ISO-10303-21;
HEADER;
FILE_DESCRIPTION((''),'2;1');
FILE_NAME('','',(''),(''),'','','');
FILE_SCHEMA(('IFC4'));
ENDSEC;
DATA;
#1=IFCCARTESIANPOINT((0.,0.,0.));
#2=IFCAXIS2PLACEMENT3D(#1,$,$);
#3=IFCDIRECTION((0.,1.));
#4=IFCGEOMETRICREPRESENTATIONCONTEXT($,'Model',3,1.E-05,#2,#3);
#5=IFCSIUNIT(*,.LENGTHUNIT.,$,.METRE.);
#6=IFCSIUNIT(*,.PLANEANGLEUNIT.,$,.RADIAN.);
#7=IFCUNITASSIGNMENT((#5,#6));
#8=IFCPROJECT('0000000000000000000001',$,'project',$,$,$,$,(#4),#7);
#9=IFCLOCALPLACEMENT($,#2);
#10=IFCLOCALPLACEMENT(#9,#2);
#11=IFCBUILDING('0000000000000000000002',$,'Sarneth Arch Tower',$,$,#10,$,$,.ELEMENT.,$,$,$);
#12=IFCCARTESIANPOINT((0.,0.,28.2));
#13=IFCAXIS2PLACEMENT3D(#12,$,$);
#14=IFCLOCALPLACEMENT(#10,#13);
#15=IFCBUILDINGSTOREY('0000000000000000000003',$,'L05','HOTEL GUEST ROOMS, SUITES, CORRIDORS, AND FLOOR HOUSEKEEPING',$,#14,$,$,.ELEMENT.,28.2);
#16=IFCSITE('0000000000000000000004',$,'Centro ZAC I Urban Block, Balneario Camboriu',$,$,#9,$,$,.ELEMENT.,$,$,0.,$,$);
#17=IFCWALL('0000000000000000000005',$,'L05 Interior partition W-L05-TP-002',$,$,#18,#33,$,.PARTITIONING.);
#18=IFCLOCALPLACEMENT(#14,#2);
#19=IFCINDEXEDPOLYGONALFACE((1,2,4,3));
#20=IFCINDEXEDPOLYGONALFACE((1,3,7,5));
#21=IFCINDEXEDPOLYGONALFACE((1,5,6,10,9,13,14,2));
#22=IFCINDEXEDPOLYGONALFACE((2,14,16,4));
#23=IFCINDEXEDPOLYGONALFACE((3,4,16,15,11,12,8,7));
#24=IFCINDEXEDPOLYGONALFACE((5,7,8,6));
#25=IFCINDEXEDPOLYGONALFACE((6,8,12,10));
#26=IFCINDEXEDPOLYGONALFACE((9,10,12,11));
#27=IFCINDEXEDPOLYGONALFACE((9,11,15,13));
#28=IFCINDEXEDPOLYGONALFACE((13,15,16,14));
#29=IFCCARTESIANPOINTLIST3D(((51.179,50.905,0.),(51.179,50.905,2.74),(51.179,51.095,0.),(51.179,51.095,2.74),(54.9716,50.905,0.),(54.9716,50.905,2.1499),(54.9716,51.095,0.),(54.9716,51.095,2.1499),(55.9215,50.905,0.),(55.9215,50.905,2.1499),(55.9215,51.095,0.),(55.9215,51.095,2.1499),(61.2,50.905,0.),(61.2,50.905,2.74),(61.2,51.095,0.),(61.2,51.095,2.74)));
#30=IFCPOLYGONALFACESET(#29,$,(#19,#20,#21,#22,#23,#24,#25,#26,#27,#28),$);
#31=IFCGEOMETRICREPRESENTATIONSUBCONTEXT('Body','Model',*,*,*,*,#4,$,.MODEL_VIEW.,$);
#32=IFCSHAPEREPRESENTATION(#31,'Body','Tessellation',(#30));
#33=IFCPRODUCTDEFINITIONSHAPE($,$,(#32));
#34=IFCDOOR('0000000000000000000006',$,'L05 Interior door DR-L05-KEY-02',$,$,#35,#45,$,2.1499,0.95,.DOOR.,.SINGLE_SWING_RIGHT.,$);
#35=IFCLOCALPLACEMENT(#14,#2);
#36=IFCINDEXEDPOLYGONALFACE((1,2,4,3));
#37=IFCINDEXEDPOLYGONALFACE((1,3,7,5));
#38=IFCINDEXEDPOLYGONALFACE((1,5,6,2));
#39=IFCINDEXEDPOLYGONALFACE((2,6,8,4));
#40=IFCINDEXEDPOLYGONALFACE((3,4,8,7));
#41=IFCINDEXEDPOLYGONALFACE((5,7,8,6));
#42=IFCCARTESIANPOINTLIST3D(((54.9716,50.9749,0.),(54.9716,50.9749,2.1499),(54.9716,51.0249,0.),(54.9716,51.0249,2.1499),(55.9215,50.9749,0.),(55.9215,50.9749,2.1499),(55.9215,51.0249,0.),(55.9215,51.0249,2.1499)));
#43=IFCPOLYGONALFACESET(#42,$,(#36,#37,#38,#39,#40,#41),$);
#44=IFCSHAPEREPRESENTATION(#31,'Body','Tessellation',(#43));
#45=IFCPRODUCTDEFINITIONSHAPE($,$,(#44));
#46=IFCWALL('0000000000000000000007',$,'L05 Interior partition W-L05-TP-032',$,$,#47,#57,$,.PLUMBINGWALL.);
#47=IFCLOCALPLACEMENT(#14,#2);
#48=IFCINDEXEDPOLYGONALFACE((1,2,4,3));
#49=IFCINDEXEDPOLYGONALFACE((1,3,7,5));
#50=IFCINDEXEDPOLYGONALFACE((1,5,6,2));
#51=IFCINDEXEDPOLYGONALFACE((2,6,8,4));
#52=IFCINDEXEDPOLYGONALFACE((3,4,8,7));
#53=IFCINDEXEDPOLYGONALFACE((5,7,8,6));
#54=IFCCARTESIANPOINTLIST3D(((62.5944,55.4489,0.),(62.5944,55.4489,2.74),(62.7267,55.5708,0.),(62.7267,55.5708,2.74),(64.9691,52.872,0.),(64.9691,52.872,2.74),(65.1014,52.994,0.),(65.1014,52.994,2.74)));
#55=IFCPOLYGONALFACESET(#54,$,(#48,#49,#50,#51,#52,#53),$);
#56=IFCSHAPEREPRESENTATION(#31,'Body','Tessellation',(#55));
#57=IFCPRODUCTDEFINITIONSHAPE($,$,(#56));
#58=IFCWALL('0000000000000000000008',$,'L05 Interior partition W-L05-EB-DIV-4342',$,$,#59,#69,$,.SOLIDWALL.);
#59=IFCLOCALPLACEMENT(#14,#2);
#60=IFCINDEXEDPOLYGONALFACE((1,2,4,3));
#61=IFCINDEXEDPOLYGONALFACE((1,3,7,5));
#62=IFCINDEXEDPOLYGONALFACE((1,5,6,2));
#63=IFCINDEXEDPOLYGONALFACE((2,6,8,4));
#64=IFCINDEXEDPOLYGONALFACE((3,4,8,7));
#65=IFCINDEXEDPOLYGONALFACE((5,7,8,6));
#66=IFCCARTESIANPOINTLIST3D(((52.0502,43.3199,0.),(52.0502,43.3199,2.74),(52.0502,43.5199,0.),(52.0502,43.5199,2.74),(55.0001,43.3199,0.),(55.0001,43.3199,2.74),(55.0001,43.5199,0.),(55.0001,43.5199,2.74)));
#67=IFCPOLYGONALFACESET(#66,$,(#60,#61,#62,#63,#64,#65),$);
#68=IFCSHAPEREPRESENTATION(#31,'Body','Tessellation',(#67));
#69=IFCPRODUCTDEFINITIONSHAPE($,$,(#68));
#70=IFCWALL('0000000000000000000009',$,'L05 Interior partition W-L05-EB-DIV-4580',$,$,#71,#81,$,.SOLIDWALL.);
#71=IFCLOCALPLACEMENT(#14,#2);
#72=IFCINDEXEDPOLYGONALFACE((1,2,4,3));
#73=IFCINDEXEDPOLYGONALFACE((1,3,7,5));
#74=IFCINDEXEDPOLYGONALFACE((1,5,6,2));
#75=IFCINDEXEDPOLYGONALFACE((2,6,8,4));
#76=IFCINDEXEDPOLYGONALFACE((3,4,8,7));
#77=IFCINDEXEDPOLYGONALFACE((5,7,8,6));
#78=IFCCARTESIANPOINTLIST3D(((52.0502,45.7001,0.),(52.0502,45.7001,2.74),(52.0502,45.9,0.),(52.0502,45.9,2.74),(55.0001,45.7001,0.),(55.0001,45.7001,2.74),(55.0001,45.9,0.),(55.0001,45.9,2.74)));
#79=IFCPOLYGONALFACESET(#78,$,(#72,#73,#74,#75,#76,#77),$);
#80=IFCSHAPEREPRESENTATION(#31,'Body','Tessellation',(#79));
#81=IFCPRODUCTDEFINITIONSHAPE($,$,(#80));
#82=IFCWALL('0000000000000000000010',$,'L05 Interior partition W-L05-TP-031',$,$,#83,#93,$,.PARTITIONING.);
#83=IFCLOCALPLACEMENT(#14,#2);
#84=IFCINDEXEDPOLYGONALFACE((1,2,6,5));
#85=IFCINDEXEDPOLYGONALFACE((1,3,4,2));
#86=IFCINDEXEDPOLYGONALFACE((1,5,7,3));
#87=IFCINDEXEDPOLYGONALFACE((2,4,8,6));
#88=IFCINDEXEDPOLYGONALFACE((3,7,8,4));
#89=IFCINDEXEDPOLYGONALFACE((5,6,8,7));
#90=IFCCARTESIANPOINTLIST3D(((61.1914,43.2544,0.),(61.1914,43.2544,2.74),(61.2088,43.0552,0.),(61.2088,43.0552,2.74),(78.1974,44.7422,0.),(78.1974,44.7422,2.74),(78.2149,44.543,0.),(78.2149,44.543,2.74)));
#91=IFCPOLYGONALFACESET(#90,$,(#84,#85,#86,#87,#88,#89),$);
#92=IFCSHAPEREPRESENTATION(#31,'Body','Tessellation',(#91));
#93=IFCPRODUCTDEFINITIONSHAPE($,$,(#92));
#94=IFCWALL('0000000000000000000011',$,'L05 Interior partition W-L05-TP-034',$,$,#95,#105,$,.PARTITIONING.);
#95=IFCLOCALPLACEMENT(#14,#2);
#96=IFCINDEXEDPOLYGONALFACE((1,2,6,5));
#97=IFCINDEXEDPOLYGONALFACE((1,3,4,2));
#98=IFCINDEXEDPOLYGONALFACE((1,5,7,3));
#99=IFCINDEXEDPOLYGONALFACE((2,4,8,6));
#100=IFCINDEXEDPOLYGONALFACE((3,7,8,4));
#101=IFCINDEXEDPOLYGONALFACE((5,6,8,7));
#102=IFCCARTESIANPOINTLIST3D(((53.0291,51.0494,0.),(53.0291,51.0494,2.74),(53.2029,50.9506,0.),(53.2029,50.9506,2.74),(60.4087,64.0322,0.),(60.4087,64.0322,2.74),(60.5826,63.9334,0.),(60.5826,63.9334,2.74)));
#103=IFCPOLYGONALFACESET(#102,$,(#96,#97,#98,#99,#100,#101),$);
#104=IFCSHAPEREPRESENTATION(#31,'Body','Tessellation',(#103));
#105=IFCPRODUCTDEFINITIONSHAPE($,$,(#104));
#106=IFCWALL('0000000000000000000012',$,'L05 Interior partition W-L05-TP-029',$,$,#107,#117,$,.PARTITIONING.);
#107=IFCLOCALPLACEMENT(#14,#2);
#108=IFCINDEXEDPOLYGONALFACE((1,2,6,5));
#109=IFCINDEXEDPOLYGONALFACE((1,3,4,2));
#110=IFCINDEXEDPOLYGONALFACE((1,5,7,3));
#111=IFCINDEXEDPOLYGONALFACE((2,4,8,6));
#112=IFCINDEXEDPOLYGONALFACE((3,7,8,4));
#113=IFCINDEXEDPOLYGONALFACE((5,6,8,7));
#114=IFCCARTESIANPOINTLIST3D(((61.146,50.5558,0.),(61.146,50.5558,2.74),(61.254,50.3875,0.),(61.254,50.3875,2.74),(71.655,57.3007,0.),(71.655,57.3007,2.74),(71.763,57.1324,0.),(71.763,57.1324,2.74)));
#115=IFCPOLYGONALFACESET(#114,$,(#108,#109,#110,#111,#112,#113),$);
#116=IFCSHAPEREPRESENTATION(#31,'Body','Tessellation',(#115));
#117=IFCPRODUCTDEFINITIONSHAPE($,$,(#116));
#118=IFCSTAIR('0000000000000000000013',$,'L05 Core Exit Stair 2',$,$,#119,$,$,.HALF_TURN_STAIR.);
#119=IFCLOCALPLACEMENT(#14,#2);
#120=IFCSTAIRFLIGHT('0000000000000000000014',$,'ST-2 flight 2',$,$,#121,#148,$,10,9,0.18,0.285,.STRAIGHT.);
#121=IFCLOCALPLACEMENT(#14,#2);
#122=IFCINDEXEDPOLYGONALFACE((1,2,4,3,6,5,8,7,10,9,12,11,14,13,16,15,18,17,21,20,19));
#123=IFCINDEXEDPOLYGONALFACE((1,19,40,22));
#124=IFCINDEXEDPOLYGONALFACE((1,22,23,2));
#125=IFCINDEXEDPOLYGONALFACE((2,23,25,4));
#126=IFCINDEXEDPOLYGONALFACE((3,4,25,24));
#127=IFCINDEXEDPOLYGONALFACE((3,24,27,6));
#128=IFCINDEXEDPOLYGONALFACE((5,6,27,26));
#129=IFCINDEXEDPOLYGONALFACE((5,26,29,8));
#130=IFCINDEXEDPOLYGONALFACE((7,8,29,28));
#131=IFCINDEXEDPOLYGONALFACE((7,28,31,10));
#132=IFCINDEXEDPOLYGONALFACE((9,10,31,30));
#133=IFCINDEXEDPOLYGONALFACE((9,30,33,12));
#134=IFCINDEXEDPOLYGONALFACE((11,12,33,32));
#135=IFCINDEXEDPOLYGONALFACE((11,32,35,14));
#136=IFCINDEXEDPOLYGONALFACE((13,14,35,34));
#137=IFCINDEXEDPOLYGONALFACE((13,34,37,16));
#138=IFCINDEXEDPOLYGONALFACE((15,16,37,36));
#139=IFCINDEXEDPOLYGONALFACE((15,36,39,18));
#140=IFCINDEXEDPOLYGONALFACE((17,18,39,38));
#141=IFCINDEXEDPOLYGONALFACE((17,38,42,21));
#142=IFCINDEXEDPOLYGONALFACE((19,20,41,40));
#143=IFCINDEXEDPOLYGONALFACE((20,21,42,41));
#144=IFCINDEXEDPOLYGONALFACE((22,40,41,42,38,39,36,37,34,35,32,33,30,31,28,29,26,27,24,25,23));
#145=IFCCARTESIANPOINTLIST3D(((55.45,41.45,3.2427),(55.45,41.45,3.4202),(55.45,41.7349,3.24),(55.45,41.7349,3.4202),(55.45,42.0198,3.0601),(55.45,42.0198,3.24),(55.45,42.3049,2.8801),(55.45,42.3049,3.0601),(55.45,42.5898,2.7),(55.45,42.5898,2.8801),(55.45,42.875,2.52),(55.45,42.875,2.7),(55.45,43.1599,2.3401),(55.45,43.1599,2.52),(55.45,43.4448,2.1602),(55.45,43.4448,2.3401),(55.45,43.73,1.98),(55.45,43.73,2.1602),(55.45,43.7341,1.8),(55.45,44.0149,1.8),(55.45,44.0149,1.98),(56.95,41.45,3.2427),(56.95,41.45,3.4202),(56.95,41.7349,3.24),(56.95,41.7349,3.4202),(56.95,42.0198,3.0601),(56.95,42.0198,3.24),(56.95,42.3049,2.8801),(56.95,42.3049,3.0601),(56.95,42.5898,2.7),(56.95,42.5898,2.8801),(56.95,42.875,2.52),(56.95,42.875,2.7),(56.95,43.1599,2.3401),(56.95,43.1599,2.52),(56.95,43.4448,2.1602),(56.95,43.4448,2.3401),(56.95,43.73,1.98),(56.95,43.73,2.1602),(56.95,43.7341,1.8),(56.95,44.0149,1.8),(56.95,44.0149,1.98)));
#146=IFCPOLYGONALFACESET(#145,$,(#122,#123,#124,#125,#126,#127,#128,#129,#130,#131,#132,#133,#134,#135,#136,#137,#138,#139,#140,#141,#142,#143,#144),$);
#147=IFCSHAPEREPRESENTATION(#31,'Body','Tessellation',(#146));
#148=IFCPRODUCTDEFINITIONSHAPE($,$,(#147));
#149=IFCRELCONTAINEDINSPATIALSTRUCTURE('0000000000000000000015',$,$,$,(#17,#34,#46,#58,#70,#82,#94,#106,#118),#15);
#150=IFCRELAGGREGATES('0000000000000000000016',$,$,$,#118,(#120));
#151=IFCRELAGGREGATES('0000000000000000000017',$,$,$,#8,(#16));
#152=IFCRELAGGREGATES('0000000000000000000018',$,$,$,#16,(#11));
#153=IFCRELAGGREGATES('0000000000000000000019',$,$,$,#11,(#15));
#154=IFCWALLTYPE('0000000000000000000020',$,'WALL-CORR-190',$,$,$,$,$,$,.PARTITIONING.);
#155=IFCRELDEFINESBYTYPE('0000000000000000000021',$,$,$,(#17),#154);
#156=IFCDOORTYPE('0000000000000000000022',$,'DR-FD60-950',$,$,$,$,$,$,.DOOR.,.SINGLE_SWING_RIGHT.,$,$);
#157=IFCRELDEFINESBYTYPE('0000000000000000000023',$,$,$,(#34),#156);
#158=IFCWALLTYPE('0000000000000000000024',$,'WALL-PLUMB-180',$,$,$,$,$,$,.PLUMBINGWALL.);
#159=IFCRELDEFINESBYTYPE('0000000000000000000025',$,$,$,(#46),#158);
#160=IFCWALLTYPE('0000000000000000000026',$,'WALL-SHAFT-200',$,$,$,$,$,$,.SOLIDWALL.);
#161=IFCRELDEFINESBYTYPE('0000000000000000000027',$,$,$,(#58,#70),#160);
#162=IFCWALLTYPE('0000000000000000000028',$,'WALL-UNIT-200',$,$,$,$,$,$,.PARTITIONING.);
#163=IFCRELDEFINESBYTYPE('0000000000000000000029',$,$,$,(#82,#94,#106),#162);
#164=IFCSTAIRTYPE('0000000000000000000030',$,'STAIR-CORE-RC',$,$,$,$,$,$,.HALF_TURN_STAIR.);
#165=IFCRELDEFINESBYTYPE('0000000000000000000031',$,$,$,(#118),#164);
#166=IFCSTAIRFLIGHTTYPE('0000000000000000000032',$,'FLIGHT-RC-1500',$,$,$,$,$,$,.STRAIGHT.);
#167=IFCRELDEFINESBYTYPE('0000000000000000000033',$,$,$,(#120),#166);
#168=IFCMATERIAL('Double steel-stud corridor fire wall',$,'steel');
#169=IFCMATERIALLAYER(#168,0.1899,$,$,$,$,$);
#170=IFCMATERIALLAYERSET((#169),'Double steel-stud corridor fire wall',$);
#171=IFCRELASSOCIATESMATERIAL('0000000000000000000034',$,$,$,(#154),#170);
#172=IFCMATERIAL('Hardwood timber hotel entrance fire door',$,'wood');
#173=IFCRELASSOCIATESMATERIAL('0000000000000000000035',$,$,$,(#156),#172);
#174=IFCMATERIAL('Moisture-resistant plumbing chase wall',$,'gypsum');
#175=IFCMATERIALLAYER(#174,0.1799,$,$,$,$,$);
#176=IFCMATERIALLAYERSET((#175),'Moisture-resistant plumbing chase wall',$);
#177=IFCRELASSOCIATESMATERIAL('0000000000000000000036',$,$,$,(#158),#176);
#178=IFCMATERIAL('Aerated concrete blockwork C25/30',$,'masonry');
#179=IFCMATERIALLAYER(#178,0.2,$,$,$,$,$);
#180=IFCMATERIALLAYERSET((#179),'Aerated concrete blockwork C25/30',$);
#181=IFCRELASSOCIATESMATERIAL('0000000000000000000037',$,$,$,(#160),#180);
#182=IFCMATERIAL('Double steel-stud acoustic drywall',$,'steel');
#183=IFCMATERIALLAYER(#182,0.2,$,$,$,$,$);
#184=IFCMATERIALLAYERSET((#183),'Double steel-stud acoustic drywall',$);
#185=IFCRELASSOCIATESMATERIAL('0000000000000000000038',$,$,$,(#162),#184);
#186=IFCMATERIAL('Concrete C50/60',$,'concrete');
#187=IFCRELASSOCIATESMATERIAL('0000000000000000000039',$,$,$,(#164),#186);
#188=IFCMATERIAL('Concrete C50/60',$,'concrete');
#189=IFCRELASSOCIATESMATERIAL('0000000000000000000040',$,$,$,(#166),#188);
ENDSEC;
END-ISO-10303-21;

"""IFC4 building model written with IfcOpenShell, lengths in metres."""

from ifc_helpers import new_model, si_unit, direction, frame, frame_2d, origin, place, context, subcontext, project, spatial, polyline, rectangle, outline, extrude, material, layer, layer_set, type_object, element, fill, aggregate, save


model = new_model("IFC4")

# Units and contexts
model_context = context("Model", 3, precision=1e-05, world=origin(), true_north=direction((0.0, 1.0)))
body_context = subcontext(model_context, "Body", "Model", "MODEL_VIEW")
ifc_project = project(units=[si_unit("LENGTHUNIT", "METRE"), si_unit("PLANEANGLEUNIT", "RADIAN")], contexts=[model_context])

# Site, building, storey
site_placement = place(None, origin())
site = spatial("IfcSite", under=ifc_project, at=site_placement, Name="Centro ZAC I Urban Block, Balneario Camboriu", CompositionType="ELEMENT", RefElevation=0.0)
building_placement = place(site_placement, origin())
building = spatial("IfcBuilding", under=site, at=building_placement, Name="Sarneth Arch Tower", CompositionType="ELEMENT")
storey_placement = place(building_placement, frame((0.0, 0.0, 28.2)))
storey = spatial("IfcBuildingStorey", under=building, at=storey_placement, Name="L05", Description="HOTEL GUEST ROOMS, SUITES, CORRIDORS, AND FLOOR HOUSEKEEPING", CompositionType="ELEMENT", Elevation=28.2)

# Shared definitions
ifc_material_1 = material(Name="Double steel-stud corridor fire wall", Category="steel")
ifc_layer_1 = layer(ifc_material_1, 0.1899)
ifc_layer_set_1 = layer_set([ifc_layer_1], Name="Double steel-stud corridor fire wall")
wall_type_1 = type_object("IfcWallType", Name="WALL-CORR-190", PredefinedType="PARTITIONING", material=ifc_layer_set_1)
ifc_material_2 = material(Name="Hardwood timber hotel entrance fire door", Category="wood")
door_type_1 = type_object("IfcDoorType", Name="DR-FD60-950", OperationType="SINGLE_SWING_RIGHT", PredefinedType="DOOR", material=ifc_material_2)

# Wall, opening, door
wall_1_placement = place(storey_placement, frame((51.179, 51.0, 0.0), z_axis=(0.0, 0.0, 1.0), x_axis=(1.0, 0.0, 0.0)))
wall_1 = element("IfcWall", 1, at=wall_1_placement, inside=storey, type_object=wall_type_1, Name="L05 Interior partition W-L05-TP-002", PredefinedType="PARTITIONING", context=body_context, shape_type="SweptSolid", body=[
    extrude(rectangle(XDim=10.021, YDim=0.1899, at=frame_2d((5.0105, 0.0))), origin(), (0.0, 0.0, 1.0), 2.74),
])
opening_1_placement = place(wall_1_placement, frame((3.7925, 0.0, 0.0)))
opening_1 = element("IfcOpeningElement", 2, at=opening_1_placement, cuts=wall_1, PredefinedType="OPENING", context=body_context, shape_type="SweptSolid", body=[
    extrude(rectangle(XDim=0.95, YDim=2.1499, at=frame_2d((0.4751, 1.075))), frame((0.0, 0.105, 0.0), z_axis=(0.0, -1.0, 0.0), x_axis=(1.0, 0.0, 0.0)), (0.0, 0.0, 1.0), 0.21),
])
door_1_placement = place(opening_1_placement, origin())
door_1 = element("IfcDoor", 3, at=door_1_placement, inside=storey, type_object=door_type_1, Name="L05 Interior door DR-L05-KEY-02", OperationType="SINGLE_SWING_RIGHT", OverallHeight=2.1499, OverallWidth=0.95, PredefinedType="DOOR", context=body_context, shape_type="SweptSolid", body=[
    extrude(rectangle(XDim=0.95, YDim=2.1499, at=frame_2d((0.4751, 1.075))), frame((0.0, 0.0249, 0.0), z_axis=(0.0, -1.0, 0.0), x_axis=(1.0, 0.0, 0.0)), (0.0, 0.0, 1.0), 0.05),
])
fill(opening_1, door_1)

# Walls
ifc_material_3 = material(Name="Moisture-resistant plumbing chase wall", Category="gypsum")
ifc_layer_2 = layer(ifc_material_3, 0.1799)
ifc_layer_set_2 = layer_set([ifc_layer_2], Name="Moisture-resistant plumbing chase wall")
wall_type_2 = type_object("IfcWallType", Name="WALL-PLUMB-180", PredefinedType="PLUMBINGWALL", material=ifc_layer_set_2)
wall_2_placement = place(storey_placement, frame((65.0352, 52.9331, 0.0), z_axis=(0.0, 0.0, 1.0), x_axis=(-0.677675, 0.735361, 0.0)))
element("IfcWall", 4, at=wall_2_placement, inside=storey, type_object=wall_type_2, Name="L05 Interior partition W-L05-TP-032", PredefinedType="PLUMBINGWALL", context=body_context, shape_type="SweptSolid", body=[
    extrude(rectangle(XDim=3.5042, YDim=0.1799, at=frame_2d((1.752, 0.0))), origin(), (0.0, 0.0, 1.0), 2.74),
])
ifc_material_4 = material(Name="Aerated concrete blockwork C25/30", Category="masonry")
ifc_layer_3 = layer(ifc_material_4, 0.2)
ifc_layer_set_3 = layer_set([ifc_layer_3], Name="Aerated concrete blockwork C25/30")
wall_type_3 = type_object("IfcWallType", Name="WALL-SHAFT-200", PredefinedType="SOLIDWALL", material=ifc_layer_set_3)
for number, where, z_axis, x_axis, name in (
    (5, (52.05, 43.4199, 0.0), (0.0, 0.0, 1.0), (1.0, 0.0, 0.0), "L05 Interior partition W-L05-EB-DIV-4342"),
    (6, (52.05, 45.8, 0.0), (0.0, 0.0, 1.0), (1.0, 0.0, 0.0), "L05 Interior partition W-L05-EB-DIV-4580"),
):
    element("IfcWall", number, at=place(storey_placement, frame(where, z_axis=z_axis, x_axis=x_axis)), inside=storey, type_object=wall_type_3, Name=name, PredefinedType="SOLIDWALL", context=body_context, shape_type="SweptSolid", body=[
        extrude(rectangle(XDim=2.95, YDim=0.2, at=frame_2d((1.4751, 0.0))), origin(), (0.0, 0.0, 1.0), 2.74),
    ])
ifc_material_5 = material(Name="Double steel-stud acoustic drywall", Category="steel")
ifc_layer_4 = layer(ifc_material_5, 0.2)
ifc_layer_set_4 = layer_set([ifc_layer_4], Name="Double steel-stud acoustic drywall")
wall_type_4 = type_object("IfcWallType", Name="WALL-UNIT-200", PredefinedType="PARTITIONING", material=ifc_layer_set_4)
wall_3_placement = place(storey_placement, frame((61.2, 43.1548, 0.0), z_axis=(0.0, 0.0, 1.0), x_axis=(0.996195, 0.087153, 0.0)))
element("IfcWall", 7, at=wall_3_placement, inside=storey, type_object=wall_type_4, Name="L05 Interior partition W-L05-TP-031", PredefinedType="PARTITIONING", context=body_context, shape_type="SweptSolid", body=[
    extrude(rectangle(XDim=17.071, YDim=0.2, at=frame_2d((8.5356, 0.0))), origin(), (0.0, 0.0, 1.0), 2.74),
])
wall_4_placement = place(storey_placement, frame((53.116, 51.0, 0.0), z_axis=(0.0, 0.0, 1.0), x_axis=(0.494168, 0.869367, 0.0)))
element("IfcWall", 8, at=wall_4_placement, inside=storey, type_object=wall_type_4, Name="L05 Interior partition W-L05-TP-034", PredefinedType="PARTITIONING", context=body_context, shape_type="SweptSolid", body=[
    extrude(rectangle(XDim=14.9336, YDim=0.2, at=frame_2d((7.4668, 0.0))), origin(), (0.0, 0.0, 1.0), 2.74),
])
wall_5_placement = place(storey_placement, frame((61.2, 50.4717, 0.0), z_axis=(0.0, 0.0, 1.0), x_axis=(0.841577, 0.540138, 0.0)))
element("IfcWall", 9, at=wall_5_placement, inside=storey, type_object=wall_type_4, Name="L05 Interior partition W-L05-TP-029", PredefinedType="PARTITIONING", context=body_context, shape_type="SweptSolid", body=[
    extrude(rectangle(XDim=12.4873, YDim=0.2, at=frame_2d((6.2437, 0.0))), origin(), (0.0, 0.0, 1.0), 2.74),
])

# Stair, stair flight
ifc_material_6 = material(Name="Concrete C50/60", Category="concrete")
stair_type = type_object("IfcStairType", Name="STAIR-CORE-RC", PredefinedType="HALF_TURN_STAIR", material=ifc_material_6)
stair_placement = place(storey_placement, origin())
stair = element("IfcStair", 10, at=stair_placement, inside=storey, type_object=stair_type, Name="L05 Core Exit Stair 2", PredefinedType="HALF_TURN_STAIR")
ifc_material_7 = material(Name="Concrete C50/60", Category="concrete")
stair_flight_type = type_object("IfcStairFlightType", Name="FLIGHT-RC-1500", PredefinedType="STRAIGHT", material=ifc_material_7)
stair_flight_placement = place(storey_placement, frame((56.2, 44.0149, 1.8), z_axis=(0.0, 0.0, 1.0), x_axis=(0.0, -1.0, 0.0)))
stair_flight = element("IfcStairFlight", 11, at=stair_flight_placement, type_object=stair_flight_type, Name="ST-2 flight 2", NumberOfRisers=10, NumberOfTreads=9, PredefinedType="STRAIGHT", RiserHeight=0.18, TreadLength=0.285, context=body_context, shape_type="SweptSolid", body=[
    extrude(outline(polyline([(0.0, 0.0), (0.0, 0.1799), (0.2849, 0.1799), (0.2849, 0.3601), (0.5701, 0.3601), (0.5701, 0.54), (0.855, 0.54), (0.855, 0.72), (1.1399, 0.72), (1.1399, 0.8999), (1.425, 0.8999), (1.425, 1.0801), (1.71, 1.0801), (1.71, 1.26), (1.9951, 1.26), (1.9951, 1.4399), (2.28, 1.4399), (2.28, 1.6201), (2.5649, 1.6201), (2.5649, 1.8), (2.5649, 1.4426), (0.2808, 0.0), (0.0, 0.0)])), frame((0.0, 0.75, 0.0), z_axis=(0.0, -1.0, 0.0), x_axis=(1.0, 0.0, 0.0)), (0.0, 0.0, 1.0), 1.5),
])
aggregate(stair, [stair_flight])

save(model, "model.ifc")
